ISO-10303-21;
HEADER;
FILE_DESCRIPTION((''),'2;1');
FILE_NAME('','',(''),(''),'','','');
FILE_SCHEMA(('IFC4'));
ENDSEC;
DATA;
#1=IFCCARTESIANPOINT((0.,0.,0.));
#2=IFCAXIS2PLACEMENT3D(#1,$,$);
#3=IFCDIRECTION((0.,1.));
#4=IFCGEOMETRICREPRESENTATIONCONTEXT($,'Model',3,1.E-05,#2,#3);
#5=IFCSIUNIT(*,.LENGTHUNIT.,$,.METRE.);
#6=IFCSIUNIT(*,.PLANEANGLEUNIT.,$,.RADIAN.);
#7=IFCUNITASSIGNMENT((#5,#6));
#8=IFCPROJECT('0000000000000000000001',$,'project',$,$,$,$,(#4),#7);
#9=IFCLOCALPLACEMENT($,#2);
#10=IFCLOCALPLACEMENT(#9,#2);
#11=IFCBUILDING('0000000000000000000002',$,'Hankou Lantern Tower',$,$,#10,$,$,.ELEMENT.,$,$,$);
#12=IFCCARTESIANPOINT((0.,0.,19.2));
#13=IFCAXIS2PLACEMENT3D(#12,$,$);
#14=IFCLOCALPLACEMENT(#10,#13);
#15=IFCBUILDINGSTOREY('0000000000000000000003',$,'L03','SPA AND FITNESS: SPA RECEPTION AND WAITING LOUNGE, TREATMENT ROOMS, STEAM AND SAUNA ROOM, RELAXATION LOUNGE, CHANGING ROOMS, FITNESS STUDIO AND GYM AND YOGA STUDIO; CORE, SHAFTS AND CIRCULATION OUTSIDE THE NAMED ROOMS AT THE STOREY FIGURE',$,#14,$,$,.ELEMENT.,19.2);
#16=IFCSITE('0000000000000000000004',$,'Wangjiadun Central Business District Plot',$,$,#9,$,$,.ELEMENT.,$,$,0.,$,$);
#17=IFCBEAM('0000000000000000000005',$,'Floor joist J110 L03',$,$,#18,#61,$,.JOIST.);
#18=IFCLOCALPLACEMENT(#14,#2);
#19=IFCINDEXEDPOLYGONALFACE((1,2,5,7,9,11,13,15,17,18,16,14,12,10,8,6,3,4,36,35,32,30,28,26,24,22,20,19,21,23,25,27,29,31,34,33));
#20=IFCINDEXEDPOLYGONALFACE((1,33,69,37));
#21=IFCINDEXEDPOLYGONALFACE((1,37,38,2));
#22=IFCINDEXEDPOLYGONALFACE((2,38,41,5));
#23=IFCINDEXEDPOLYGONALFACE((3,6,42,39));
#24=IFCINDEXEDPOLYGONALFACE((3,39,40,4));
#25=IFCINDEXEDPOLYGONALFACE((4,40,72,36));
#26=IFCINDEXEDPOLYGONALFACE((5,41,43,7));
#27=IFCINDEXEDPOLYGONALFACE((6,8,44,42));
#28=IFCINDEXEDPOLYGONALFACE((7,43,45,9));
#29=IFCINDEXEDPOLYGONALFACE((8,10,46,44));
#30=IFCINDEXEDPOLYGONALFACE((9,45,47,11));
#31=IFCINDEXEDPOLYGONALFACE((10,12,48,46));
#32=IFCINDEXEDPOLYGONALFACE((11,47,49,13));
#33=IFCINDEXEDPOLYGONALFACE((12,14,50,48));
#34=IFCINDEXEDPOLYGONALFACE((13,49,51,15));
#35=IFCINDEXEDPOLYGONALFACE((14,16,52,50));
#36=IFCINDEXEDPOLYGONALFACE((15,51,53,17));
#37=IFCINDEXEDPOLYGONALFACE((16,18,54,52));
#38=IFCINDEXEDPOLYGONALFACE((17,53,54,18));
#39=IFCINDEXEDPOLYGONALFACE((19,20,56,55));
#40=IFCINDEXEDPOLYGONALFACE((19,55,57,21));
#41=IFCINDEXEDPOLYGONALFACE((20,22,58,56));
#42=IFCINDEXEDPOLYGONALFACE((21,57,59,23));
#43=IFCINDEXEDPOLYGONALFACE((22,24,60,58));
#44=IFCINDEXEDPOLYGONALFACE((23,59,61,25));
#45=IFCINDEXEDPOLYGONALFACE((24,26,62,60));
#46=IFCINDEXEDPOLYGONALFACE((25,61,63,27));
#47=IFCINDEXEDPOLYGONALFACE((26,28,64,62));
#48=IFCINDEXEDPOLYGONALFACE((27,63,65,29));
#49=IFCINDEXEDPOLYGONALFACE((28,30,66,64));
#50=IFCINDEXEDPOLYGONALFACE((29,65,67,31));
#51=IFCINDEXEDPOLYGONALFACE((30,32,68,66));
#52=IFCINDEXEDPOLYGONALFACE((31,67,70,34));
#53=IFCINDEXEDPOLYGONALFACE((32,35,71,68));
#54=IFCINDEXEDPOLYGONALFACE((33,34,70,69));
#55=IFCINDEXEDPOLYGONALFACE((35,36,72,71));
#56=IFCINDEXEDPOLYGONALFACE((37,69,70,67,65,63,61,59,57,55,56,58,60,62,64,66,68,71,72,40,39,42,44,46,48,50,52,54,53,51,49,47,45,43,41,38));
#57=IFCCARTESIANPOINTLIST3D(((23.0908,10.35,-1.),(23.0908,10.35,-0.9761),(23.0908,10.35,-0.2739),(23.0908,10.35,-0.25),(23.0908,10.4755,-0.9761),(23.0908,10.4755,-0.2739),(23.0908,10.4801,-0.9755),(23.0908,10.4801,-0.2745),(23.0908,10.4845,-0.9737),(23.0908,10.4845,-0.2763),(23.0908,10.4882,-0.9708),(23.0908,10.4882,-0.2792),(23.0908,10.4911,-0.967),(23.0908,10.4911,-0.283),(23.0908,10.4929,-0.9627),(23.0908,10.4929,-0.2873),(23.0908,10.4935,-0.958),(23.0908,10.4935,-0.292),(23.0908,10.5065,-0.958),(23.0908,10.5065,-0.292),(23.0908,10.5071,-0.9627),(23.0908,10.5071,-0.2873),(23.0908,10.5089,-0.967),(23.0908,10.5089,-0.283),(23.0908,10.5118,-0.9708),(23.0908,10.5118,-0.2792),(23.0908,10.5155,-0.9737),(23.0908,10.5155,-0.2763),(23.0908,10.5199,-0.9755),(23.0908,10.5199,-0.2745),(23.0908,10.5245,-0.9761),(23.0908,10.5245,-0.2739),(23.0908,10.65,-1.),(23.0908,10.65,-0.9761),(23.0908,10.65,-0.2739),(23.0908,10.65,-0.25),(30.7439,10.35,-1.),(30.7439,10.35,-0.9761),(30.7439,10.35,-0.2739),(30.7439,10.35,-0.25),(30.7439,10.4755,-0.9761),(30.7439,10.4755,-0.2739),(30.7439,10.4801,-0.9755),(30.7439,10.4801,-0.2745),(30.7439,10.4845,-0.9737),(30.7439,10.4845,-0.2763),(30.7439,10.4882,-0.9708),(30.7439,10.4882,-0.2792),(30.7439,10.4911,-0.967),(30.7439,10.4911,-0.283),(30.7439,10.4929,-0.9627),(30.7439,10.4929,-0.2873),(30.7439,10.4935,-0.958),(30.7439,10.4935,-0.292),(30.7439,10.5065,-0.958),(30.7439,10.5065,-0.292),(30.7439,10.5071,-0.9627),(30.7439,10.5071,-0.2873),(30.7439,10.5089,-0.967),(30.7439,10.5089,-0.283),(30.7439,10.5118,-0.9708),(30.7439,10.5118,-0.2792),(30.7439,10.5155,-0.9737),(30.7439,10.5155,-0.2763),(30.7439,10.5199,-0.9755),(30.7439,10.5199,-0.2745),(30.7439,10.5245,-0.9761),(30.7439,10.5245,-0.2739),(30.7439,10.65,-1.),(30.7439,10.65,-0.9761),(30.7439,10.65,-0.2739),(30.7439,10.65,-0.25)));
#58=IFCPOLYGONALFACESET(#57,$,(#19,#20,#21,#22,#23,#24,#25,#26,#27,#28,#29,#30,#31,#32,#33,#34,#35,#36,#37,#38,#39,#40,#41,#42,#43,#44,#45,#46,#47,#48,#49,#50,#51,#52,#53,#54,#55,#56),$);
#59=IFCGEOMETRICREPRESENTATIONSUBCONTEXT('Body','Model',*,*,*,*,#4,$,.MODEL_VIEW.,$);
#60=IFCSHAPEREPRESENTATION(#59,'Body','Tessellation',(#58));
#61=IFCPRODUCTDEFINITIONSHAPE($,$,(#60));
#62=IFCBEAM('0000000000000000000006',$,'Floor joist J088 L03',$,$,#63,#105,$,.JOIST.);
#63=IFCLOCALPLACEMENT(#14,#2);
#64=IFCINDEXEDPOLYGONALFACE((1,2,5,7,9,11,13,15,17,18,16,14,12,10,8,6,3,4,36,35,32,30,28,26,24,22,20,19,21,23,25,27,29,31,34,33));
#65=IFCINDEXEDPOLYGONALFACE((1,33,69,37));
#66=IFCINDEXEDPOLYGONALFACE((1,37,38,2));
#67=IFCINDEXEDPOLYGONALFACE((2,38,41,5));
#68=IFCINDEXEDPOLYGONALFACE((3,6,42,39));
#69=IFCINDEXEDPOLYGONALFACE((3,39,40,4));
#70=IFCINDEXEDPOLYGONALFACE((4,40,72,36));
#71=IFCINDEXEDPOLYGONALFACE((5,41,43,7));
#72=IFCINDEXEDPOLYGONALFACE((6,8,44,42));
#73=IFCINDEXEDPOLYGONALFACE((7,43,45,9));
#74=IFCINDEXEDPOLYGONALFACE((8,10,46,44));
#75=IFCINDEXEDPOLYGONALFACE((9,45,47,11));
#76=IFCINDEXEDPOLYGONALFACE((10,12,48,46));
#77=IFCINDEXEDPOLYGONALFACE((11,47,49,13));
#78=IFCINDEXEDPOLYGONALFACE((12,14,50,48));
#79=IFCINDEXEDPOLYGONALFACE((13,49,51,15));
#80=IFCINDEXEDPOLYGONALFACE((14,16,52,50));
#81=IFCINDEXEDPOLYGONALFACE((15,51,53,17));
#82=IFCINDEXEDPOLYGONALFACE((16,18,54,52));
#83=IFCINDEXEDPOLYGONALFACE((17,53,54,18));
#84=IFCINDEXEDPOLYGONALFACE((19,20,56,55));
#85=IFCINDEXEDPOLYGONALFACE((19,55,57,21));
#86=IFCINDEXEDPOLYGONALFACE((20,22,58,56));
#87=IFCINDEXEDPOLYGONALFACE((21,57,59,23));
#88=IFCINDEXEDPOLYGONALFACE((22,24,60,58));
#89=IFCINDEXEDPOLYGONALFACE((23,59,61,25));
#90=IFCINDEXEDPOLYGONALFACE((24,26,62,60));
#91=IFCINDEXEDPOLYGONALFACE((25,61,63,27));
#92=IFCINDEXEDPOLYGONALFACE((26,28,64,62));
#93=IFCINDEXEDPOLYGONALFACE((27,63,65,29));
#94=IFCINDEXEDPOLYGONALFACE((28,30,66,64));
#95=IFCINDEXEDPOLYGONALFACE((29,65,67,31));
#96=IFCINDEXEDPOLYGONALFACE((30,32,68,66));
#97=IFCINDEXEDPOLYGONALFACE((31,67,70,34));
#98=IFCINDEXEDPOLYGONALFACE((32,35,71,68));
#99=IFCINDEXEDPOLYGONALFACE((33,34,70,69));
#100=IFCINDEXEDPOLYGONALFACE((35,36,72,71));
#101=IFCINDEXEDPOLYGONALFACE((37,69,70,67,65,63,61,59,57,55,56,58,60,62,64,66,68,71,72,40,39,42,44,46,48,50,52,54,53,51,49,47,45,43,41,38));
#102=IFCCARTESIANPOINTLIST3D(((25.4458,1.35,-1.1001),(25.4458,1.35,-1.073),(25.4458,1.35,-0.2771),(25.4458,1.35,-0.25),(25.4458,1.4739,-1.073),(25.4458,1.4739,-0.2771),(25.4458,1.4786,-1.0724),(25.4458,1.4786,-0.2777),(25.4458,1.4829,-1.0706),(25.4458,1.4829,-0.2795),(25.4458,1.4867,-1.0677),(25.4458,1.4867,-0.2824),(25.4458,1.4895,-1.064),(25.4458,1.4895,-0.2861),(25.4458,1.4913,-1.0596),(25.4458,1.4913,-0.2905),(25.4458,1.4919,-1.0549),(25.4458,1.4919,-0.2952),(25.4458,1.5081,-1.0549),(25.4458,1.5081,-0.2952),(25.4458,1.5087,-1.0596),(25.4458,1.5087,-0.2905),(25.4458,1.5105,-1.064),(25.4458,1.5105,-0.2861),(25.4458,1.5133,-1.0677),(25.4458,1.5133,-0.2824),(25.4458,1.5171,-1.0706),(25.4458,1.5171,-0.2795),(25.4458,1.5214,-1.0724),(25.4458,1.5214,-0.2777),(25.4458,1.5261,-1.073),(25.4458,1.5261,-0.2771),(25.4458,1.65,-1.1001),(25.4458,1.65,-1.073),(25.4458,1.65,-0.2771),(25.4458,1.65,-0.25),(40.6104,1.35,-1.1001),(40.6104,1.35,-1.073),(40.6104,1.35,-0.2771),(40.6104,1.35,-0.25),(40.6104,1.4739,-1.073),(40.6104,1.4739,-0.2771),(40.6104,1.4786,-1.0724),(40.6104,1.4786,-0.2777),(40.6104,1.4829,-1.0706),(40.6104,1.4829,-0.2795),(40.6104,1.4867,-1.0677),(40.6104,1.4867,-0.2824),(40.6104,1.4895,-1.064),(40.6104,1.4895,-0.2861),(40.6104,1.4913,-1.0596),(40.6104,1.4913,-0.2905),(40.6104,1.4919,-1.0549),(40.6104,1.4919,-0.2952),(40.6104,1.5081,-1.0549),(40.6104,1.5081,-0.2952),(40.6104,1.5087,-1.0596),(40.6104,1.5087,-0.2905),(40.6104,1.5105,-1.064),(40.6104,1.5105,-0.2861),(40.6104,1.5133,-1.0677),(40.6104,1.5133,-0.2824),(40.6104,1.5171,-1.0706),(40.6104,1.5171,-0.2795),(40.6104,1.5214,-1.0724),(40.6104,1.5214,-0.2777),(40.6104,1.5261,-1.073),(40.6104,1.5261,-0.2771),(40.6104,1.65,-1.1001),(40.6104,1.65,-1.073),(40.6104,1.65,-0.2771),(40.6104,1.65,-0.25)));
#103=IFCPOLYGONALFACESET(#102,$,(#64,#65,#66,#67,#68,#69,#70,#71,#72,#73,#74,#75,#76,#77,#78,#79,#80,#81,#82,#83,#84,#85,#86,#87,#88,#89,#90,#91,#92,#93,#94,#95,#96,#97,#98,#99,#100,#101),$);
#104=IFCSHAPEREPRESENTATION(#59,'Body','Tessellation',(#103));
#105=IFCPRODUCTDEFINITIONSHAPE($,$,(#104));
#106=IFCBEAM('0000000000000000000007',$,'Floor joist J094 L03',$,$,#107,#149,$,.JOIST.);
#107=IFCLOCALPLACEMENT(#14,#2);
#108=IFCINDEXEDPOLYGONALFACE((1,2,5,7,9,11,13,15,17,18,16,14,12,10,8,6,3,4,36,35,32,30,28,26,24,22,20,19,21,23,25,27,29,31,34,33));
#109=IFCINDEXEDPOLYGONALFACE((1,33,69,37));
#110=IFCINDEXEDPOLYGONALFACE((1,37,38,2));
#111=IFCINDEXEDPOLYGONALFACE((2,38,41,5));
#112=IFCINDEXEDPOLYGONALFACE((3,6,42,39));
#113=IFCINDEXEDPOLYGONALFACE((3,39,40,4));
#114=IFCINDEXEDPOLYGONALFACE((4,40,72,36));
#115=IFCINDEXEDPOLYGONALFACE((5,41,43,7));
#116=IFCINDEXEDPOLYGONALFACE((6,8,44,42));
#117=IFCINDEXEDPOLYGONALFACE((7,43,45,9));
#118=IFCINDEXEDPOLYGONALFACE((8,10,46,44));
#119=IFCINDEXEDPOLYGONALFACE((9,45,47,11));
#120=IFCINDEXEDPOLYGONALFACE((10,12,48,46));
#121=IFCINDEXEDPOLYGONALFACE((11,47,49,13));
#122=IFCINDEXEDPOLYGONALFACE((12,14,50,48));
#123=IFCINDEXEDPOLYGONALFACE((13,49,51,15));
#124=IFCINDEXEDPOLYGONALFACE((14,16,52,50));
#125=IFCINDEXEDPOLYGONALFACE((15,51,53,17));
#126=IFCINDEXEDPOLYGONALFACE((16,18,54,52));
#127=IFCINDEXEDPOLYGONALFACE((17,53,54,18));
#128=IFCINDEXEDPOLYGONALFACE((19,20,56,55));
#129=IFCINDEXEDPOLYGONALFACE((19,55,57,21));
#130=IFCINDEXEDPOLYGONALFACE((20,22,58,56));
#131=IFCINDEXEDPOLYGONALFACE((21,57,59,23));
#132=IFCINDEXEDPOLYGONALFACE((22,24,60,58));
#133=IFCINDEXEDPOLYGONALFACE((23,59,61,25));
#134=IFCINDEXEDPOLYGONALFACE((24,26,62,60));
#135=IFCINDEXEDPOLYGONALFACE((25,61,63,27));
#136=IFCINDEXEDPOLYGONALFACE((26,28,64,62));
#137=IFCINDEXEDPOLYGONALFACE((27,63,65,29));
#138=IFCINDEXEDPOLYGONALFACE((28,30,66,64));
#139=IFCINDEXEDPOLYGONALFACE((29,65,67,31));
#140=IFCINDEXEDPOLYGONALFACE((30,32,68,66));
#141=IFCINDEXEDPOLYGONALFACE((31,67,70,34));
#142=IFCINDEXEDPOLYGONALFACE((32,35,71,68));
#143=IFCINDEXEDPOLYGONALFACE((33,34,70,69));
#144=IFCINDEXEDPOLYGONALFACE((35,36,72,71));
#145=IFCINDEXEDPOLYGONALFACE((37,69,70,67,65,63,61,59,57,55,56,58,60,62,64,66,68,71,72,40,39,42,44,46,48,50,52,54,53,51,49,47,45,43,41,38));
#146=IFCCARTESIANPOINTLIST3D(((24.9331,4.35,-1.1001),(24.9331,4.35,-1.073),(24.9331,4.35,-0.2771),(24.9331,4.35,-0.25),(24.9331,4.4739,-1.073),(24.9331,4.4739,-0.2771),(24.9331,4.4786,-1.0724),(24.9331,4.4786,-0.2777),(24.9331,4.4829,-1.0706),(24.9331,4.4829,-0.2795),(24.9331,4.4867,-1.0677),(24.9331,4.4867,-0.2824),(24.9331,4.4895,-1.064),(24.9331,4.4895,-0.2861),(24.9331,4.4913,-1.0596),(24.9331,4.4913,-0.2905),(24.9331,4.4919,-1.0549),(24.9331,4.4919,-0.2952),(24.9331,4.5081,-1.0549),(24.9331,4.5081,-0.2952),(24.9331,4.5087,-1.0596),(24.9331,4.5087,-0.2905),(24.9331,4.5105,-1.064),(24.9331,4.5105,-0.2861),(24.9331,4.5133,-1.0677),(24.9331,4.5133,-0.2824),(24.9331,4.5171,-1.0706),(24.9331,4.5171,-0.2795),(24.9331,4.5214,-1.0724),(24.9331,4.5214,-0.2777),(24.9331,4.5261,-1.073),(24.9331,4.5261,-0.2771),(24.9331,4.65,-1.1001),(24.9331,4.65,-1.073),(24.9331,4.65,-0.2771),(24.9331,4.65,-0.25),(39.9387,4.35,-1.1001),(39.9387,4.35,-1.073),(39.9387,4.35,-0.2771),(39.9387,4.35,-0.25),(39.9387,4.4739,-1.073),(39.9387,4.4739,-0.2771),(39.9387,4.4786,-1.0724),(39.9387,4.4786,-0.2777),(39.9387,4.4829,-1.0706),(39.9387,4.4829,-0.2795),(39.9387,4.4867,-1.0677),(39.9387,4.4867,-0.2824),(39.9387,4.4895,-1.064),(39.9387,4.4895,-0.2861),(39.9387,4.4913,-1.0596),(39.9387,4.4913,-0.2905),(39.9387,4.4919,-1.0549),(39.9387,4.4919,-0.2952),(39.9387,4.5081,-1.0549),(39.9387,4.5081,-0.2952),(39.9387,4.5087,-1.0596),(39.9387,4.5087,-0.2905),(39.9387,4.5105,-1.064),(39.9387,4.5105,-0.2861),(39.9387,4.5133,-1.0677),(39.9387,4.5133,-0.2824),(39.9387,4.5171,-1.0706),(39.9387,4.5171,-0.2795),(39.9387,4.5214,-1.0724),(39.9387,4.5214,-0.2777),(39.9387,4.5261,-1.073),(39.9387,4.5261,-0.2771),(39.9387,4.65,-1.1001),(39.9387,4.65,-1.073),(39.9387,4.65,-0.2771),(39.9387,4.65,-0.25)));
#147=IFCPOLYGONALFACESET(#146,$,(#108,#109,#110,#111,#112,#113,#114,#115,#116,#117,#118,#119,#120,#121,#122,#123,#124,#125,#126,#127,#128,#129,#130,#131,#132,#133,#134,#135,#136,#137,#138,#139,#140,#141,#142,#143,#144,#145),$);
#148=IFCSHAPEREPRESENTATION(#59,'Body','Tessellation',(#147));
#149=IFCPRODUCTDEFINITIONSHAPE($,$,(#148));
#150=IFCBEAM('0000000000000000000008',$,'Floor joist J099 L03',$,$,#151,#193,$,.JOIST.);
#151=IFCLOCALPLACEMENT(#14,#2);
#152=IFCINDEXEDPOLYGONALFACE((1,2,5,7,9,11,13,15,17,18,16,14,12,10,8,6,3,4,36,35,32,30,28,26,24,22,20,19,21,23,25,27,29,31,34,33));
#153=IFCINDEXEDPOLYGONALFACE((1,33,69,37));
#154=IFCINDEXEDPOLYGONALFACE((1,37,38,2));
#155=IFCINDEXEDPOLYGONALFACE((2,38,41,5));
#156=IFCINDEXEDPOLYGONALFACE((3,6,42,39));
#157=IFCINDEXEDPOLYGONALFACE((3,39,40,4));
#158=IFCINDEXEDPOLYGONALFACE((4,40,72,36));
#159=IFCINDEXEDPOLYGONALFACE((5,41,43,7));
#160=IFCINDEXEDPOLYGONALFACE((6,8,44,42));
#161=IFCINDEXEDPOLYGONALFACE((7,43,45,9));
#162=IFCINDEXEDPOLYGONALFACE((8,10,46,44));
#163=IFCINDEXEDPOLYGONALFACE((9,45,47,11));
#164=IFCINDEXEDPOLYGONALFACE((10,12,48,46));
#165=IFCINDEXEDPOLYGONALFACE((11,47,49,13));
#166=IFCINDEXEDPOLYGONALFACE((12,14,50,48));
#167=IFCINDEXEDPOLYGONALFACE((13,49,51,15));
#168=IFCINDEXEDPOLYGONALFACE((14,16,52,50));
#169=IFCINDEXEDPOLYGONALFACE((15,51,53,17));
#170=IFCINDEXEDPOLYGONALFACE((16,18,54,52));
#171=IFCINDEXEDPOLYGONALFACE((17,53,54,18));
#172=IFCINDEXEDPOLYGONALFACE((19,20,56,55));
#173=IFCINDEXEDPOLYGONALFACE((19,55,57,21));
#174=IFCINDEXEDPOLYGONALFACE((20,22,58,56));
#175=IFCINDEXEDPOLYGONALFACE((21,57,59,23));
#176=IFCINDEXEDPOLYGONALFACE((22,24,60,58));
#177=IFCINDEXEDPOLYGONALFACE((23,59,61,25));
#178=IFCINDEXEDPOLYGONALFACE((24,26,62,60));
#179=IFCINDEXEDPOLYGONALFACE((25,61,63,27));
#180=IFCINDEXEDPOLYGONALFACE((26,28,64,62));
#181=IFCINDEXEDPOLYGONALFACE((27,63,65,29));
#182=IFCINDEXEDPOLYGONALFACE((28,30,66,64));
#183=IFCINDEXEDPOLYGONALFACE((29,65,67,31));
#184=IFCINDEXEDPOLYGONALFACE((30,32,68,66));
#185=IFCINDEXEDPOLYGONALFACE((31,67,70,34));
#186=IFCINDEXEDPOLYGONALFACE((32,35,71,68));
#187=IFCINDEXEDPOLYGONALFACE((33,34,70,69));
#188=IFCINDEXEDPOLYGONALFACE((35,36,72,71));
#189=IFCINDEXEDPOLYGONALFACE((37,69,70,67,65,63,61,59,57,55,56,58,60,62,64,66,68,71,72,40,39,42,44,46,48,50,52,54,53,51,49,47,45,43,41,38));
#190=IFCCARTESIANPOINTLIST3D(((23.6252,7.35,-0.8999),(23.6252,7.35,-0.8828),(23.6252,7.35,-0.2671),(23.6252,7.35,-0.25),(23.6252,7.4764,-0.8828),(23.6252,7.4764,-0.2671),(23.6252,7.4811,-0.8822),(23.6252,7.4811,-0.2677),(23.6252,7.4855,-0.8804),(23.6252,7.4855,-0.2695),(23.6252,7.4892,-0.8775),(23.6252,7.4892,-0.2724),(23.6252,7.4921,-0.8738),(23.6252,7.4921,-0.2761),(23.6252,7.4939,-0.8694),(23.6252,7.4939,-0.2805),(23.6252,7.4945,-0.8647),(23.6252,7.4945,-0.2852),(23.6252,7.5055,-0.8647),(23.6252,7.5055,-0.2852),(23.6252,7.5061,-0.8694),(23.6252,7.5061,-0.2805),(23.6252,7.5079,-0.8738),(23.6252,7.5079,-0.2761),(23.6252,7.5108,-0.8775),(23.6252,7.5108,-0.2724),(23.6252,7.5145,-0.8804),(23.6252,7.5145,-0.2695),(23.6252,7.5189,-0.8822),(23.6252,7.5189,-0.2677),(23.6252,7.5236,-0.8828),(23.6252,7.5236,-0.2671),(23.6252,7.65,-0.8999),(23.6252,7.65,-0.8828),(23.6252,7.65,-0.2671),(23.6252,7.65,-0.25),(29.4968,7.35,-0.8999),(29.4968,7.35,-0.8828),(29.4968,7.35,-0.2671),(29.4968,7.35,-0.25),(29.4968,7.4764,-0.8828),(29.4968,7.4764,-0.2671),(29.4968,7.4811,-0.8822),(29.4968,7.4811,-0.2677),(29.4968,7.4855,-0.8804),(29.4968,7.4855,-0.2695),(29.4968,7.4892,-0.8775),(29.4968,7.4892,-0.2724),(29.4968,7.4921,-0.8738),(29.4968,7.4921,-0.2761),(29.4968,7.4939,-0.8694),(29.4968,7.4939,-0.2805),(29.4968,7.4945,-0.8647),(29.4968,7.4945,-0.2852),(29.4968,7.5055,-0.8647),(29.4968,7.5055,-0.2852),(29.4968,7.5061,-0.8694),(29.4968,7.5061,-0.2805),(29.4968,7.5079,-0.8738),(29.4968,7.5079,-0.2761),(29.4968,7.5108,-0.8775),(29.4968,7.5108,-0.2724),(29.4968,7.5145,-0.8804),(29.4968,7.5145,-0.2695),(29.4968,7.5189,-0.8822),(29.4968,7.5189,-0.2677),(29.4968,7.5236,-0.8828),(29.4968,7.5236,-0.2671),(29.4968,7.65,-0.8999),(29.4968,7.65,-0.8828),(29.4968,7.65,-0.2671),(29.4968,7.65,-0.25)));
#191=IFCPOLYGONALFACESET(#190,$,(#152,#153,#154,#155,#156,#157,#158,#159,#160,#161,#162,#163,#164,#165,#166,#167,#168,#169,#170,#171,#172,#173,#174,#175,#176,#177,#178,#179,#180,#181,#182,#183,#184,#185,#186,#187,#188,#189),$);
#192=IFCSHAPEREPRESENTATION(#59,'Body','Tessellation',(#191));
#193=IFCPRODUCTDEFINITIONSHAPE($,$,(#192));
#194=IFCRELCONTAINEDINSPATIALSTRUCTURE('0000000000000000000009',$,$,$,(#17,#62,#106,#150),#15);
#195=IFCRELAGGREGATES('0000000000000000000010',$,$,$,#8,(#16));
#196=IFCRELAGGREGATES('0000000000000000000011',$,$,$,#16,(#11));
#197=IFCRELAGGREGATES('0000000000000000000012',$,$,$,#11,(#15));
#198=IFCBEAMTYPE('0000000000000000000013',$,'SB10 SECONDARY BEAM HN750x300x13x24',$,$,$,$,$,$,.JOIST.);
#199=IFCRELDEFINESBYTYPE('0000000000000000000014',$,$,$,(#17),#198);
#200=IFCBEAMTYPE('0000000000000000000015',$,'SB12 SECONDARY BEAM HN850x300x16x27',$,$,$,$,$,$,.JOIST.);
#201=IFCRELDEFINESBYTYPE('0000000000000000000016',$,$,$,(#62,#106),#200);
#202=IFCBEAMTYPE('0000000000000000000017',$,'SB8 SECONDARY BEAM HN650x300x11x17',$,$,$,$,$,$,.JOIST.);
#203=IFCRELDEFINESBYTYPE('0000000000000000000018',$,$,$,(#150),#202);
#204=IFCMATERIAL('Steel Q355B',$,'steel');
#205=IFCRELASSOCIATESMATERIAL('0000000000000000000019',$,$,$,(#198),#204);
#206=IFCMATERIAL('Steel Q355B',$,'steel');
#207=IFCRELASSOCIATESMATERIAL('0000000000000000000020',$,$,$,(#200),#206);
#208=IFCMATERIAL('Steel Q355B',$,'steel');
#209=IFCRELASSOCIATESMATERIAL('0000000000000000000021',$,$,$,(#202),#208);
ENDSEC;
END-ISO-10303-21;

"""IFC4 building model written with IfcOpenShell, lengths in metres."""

from ifc_helpers import new_model, si_unit, direction, frame, origin, origin_2d, place, context, subcontext, project, spatial, i_section, extrude, material, material_profile, profile_set, type_object, element, save


model = new_model("IFC4")

# Units and contexts
model_context = context("Model", 3, precision=1e-05, world=origin(), true_north=direction((0.0, 1.0)))
body_context = subcontext(model_context, "Body", "Model", "MODEL_VIEW")
ifc_project = project(units=[si_unit("LENGTHUNIT", "METRE"), si_unit("PLANEANGLEUNIT", "RADIAN")], contexts=[model_context])

# Site, building, storey
site_placement = place(None, origin())
site = spatial("IfcSite", under=ifc_project, at=site_placement, Name="Wangjiadun Central Business District Plot", CompositionType="ELEMENT", RefElevation=0.0)
building_placement = place(site_placement, origin())
building = spatial("IfcBuilding", under=site, at=building_placement, Name="Hankou Lantern Tower", CompositionType="ELEMENT")
storey_placement = place(building_placement, frame((0.0, 0.0, 19.2)))
storey = spatial("IfcBuildingStorey", under=building, at=storey_placement, Name="L03", Description="SPA AND FITNESS: SPA RECEPTION AND WAITING LOUNGE, TREATMENT ROOMS, STEAM AND SAUNA ROOM, RELAXATION LOUNGE, CHANGING ROOMS, FITNESS STUDIO AND GYM AND YOGA STUDIO; CORE, SHAFTS AND CIRCULATION OUTSIDE THE NAMED ROOMS AT THE STOREY FIGURE", CompositionType="ELEMENT", Elevation=19.2)

# Beams
ifc_material_1 = material(Name="Steel Q355B", Category="steel")
ifc_material_profile_1 = material_profile(ifc_material_1, i_section(OverallWidth=0.3, OverallDepth=0.75, WebThickness=0.0129, FlangeThickness=0.0239, FilletRadius=0.0181, at=origin_2d()), Name="HN750x300x13x24")
ifc_profile_set_1 = profile_set([ifc_material_profile_1], Name="Steel Q355B")
beam_type_1 = type_object("IfcBeamType", Name="SB10 SECONDARY BEAM HN750x300x13x24", PredefinedType="JOIST", material=ifc_profile_set_1)
beam_1_placement = place(storey_placement, frame((23.0908, 10.5, -0.625), z_axis=(1.0, 0.0, 0.0), x_axis=(0.0, 1.0, 0.0)))
element("IfcBeam", 1, at=beam_1_placement, inside=storey, type_object=beam_type_1, Name="Floor joist J110 L03", PredefinedType="JOIST", context=body_context, shape_type="SweptSolid", body=[
    extrude(i_section(OverallWidth=0.3, OverallDepth=0.75, WebThickness=0.0129, FlangeThickness=0.0239, FilletRadius=0.0181, at=origin_2d()), origin(), (0.0, 0.0, 1.0), 7.6531),
])
ifc_material_2 = material(Name="Steel Q355B", Category="steel")
ifc_material_profile_2 = material_profile(ifc_material_2, i_section(OverallWidth=0.3, OverallDepth=0.8501, WebThickness=0.0161, FlangeThickness=0.0271, FilletRadius=0.0181, at=origin_2d()), Name="HN850x300x16x27")
ifc_profile_set_2 = profile_set([ifc_material_profile_2], Name="Steel Q355B")
beam_type_2 = type_object("IfcBeamType", Name="SB12 SECONDARY BEAM HN850x300x16x27", PredefinedType="JOIST", material=ifc_profile_set_2)
beam_2_placement = place(storey_placement, frame((25.4458, 1.5, -0.675), z_axis=(1.0, 0.0, 0.0), x_axis=(0.0, 1.0, 0.0)))
element("IfcBeam", 2, at=beam_2_placement, inside=storey, type_object=beam_type_2, Name="Floor joist J088 L03", PredefinedType="JOIST", context=body_context, shape_type="SweptSolid", body=[
    extrude(i_section(OverallWidth=0.3, OverallDepth=0.8501, WebThickness=0.0161, FlangeThickness=0.0271, FilletRadius=0.0181, at=origin_2d()), origin(), (0.0, 0.0, 1.0), 15.1646),
])
beam_3_placement = place(storey_placement, frame((24.9331, 4.5, -0.675), z_axis=(1.0, 0.0, 0.0), x_axis=(0.0, 1.0, 0.0)))
element("IfcBeam", 3, at=beam_3_placement, inside=storey, type_object=beam_type_2, Name="Floor joist J094 L03", PredefinedType="JOIST", context=body_context, shape_type="SweptSolid", body=[
    extrude(i_section(OverallWidth=0.3, OverallDepth=0.8501, WebThickness=0.0161, FlangeThickness=0.0271, FilletRadius=0.0181, at=origin_2d()), origin(), (0.0, 0.0, 1.0), 15.0056),
])
ifc_material_3 = material(Name="Steel Q355B", Category="steel")
ifc_material_profile_3 = material_profile(ifc_material_3, i_section(OverallWidth=0.3, OverallDepth=0.6499, WebThickness=0.011, FlangeThickness=0.0171, FilletRadius=0.0181, at=origin_2d()), Name="HN650x300x11x17")
ifc_profile_set_3 = profile_set([ifc_material_profile_3], Name="Steel Q355B")
beam_type_3 = type_object("IfcBeamType", Name="SB8 SECONDARY BEAM HN650x300x11x17", PredefinedType="JOIST", material=ifc_profile_set_3)
beam_4_placement = place(storey_placement, frame((23.6252, 7.5, -0.575), z_axis=(1.0, 0.0, 0.0), x_axis=(0.0, 1.0, 0.0)))
element("IfcBeam", 4, at=beam_4_placement, inside=storey, type_object=beam_type_3, Name="Floor joist J099 L03", PredefinedType="JOIST", context=body_context, shape_type="SweptSolid", body=[
    extrude(i_section(OverallWidth=0.3, OverallDepth=0.6499, WebThickness=0.011, FlangeThickness=0.0171, FilletRadius=0.0181, at=origin_2d()), origin(), (0.0, 0.0, 1.0), 5.8716),
])

save(model, "model.ifc")
